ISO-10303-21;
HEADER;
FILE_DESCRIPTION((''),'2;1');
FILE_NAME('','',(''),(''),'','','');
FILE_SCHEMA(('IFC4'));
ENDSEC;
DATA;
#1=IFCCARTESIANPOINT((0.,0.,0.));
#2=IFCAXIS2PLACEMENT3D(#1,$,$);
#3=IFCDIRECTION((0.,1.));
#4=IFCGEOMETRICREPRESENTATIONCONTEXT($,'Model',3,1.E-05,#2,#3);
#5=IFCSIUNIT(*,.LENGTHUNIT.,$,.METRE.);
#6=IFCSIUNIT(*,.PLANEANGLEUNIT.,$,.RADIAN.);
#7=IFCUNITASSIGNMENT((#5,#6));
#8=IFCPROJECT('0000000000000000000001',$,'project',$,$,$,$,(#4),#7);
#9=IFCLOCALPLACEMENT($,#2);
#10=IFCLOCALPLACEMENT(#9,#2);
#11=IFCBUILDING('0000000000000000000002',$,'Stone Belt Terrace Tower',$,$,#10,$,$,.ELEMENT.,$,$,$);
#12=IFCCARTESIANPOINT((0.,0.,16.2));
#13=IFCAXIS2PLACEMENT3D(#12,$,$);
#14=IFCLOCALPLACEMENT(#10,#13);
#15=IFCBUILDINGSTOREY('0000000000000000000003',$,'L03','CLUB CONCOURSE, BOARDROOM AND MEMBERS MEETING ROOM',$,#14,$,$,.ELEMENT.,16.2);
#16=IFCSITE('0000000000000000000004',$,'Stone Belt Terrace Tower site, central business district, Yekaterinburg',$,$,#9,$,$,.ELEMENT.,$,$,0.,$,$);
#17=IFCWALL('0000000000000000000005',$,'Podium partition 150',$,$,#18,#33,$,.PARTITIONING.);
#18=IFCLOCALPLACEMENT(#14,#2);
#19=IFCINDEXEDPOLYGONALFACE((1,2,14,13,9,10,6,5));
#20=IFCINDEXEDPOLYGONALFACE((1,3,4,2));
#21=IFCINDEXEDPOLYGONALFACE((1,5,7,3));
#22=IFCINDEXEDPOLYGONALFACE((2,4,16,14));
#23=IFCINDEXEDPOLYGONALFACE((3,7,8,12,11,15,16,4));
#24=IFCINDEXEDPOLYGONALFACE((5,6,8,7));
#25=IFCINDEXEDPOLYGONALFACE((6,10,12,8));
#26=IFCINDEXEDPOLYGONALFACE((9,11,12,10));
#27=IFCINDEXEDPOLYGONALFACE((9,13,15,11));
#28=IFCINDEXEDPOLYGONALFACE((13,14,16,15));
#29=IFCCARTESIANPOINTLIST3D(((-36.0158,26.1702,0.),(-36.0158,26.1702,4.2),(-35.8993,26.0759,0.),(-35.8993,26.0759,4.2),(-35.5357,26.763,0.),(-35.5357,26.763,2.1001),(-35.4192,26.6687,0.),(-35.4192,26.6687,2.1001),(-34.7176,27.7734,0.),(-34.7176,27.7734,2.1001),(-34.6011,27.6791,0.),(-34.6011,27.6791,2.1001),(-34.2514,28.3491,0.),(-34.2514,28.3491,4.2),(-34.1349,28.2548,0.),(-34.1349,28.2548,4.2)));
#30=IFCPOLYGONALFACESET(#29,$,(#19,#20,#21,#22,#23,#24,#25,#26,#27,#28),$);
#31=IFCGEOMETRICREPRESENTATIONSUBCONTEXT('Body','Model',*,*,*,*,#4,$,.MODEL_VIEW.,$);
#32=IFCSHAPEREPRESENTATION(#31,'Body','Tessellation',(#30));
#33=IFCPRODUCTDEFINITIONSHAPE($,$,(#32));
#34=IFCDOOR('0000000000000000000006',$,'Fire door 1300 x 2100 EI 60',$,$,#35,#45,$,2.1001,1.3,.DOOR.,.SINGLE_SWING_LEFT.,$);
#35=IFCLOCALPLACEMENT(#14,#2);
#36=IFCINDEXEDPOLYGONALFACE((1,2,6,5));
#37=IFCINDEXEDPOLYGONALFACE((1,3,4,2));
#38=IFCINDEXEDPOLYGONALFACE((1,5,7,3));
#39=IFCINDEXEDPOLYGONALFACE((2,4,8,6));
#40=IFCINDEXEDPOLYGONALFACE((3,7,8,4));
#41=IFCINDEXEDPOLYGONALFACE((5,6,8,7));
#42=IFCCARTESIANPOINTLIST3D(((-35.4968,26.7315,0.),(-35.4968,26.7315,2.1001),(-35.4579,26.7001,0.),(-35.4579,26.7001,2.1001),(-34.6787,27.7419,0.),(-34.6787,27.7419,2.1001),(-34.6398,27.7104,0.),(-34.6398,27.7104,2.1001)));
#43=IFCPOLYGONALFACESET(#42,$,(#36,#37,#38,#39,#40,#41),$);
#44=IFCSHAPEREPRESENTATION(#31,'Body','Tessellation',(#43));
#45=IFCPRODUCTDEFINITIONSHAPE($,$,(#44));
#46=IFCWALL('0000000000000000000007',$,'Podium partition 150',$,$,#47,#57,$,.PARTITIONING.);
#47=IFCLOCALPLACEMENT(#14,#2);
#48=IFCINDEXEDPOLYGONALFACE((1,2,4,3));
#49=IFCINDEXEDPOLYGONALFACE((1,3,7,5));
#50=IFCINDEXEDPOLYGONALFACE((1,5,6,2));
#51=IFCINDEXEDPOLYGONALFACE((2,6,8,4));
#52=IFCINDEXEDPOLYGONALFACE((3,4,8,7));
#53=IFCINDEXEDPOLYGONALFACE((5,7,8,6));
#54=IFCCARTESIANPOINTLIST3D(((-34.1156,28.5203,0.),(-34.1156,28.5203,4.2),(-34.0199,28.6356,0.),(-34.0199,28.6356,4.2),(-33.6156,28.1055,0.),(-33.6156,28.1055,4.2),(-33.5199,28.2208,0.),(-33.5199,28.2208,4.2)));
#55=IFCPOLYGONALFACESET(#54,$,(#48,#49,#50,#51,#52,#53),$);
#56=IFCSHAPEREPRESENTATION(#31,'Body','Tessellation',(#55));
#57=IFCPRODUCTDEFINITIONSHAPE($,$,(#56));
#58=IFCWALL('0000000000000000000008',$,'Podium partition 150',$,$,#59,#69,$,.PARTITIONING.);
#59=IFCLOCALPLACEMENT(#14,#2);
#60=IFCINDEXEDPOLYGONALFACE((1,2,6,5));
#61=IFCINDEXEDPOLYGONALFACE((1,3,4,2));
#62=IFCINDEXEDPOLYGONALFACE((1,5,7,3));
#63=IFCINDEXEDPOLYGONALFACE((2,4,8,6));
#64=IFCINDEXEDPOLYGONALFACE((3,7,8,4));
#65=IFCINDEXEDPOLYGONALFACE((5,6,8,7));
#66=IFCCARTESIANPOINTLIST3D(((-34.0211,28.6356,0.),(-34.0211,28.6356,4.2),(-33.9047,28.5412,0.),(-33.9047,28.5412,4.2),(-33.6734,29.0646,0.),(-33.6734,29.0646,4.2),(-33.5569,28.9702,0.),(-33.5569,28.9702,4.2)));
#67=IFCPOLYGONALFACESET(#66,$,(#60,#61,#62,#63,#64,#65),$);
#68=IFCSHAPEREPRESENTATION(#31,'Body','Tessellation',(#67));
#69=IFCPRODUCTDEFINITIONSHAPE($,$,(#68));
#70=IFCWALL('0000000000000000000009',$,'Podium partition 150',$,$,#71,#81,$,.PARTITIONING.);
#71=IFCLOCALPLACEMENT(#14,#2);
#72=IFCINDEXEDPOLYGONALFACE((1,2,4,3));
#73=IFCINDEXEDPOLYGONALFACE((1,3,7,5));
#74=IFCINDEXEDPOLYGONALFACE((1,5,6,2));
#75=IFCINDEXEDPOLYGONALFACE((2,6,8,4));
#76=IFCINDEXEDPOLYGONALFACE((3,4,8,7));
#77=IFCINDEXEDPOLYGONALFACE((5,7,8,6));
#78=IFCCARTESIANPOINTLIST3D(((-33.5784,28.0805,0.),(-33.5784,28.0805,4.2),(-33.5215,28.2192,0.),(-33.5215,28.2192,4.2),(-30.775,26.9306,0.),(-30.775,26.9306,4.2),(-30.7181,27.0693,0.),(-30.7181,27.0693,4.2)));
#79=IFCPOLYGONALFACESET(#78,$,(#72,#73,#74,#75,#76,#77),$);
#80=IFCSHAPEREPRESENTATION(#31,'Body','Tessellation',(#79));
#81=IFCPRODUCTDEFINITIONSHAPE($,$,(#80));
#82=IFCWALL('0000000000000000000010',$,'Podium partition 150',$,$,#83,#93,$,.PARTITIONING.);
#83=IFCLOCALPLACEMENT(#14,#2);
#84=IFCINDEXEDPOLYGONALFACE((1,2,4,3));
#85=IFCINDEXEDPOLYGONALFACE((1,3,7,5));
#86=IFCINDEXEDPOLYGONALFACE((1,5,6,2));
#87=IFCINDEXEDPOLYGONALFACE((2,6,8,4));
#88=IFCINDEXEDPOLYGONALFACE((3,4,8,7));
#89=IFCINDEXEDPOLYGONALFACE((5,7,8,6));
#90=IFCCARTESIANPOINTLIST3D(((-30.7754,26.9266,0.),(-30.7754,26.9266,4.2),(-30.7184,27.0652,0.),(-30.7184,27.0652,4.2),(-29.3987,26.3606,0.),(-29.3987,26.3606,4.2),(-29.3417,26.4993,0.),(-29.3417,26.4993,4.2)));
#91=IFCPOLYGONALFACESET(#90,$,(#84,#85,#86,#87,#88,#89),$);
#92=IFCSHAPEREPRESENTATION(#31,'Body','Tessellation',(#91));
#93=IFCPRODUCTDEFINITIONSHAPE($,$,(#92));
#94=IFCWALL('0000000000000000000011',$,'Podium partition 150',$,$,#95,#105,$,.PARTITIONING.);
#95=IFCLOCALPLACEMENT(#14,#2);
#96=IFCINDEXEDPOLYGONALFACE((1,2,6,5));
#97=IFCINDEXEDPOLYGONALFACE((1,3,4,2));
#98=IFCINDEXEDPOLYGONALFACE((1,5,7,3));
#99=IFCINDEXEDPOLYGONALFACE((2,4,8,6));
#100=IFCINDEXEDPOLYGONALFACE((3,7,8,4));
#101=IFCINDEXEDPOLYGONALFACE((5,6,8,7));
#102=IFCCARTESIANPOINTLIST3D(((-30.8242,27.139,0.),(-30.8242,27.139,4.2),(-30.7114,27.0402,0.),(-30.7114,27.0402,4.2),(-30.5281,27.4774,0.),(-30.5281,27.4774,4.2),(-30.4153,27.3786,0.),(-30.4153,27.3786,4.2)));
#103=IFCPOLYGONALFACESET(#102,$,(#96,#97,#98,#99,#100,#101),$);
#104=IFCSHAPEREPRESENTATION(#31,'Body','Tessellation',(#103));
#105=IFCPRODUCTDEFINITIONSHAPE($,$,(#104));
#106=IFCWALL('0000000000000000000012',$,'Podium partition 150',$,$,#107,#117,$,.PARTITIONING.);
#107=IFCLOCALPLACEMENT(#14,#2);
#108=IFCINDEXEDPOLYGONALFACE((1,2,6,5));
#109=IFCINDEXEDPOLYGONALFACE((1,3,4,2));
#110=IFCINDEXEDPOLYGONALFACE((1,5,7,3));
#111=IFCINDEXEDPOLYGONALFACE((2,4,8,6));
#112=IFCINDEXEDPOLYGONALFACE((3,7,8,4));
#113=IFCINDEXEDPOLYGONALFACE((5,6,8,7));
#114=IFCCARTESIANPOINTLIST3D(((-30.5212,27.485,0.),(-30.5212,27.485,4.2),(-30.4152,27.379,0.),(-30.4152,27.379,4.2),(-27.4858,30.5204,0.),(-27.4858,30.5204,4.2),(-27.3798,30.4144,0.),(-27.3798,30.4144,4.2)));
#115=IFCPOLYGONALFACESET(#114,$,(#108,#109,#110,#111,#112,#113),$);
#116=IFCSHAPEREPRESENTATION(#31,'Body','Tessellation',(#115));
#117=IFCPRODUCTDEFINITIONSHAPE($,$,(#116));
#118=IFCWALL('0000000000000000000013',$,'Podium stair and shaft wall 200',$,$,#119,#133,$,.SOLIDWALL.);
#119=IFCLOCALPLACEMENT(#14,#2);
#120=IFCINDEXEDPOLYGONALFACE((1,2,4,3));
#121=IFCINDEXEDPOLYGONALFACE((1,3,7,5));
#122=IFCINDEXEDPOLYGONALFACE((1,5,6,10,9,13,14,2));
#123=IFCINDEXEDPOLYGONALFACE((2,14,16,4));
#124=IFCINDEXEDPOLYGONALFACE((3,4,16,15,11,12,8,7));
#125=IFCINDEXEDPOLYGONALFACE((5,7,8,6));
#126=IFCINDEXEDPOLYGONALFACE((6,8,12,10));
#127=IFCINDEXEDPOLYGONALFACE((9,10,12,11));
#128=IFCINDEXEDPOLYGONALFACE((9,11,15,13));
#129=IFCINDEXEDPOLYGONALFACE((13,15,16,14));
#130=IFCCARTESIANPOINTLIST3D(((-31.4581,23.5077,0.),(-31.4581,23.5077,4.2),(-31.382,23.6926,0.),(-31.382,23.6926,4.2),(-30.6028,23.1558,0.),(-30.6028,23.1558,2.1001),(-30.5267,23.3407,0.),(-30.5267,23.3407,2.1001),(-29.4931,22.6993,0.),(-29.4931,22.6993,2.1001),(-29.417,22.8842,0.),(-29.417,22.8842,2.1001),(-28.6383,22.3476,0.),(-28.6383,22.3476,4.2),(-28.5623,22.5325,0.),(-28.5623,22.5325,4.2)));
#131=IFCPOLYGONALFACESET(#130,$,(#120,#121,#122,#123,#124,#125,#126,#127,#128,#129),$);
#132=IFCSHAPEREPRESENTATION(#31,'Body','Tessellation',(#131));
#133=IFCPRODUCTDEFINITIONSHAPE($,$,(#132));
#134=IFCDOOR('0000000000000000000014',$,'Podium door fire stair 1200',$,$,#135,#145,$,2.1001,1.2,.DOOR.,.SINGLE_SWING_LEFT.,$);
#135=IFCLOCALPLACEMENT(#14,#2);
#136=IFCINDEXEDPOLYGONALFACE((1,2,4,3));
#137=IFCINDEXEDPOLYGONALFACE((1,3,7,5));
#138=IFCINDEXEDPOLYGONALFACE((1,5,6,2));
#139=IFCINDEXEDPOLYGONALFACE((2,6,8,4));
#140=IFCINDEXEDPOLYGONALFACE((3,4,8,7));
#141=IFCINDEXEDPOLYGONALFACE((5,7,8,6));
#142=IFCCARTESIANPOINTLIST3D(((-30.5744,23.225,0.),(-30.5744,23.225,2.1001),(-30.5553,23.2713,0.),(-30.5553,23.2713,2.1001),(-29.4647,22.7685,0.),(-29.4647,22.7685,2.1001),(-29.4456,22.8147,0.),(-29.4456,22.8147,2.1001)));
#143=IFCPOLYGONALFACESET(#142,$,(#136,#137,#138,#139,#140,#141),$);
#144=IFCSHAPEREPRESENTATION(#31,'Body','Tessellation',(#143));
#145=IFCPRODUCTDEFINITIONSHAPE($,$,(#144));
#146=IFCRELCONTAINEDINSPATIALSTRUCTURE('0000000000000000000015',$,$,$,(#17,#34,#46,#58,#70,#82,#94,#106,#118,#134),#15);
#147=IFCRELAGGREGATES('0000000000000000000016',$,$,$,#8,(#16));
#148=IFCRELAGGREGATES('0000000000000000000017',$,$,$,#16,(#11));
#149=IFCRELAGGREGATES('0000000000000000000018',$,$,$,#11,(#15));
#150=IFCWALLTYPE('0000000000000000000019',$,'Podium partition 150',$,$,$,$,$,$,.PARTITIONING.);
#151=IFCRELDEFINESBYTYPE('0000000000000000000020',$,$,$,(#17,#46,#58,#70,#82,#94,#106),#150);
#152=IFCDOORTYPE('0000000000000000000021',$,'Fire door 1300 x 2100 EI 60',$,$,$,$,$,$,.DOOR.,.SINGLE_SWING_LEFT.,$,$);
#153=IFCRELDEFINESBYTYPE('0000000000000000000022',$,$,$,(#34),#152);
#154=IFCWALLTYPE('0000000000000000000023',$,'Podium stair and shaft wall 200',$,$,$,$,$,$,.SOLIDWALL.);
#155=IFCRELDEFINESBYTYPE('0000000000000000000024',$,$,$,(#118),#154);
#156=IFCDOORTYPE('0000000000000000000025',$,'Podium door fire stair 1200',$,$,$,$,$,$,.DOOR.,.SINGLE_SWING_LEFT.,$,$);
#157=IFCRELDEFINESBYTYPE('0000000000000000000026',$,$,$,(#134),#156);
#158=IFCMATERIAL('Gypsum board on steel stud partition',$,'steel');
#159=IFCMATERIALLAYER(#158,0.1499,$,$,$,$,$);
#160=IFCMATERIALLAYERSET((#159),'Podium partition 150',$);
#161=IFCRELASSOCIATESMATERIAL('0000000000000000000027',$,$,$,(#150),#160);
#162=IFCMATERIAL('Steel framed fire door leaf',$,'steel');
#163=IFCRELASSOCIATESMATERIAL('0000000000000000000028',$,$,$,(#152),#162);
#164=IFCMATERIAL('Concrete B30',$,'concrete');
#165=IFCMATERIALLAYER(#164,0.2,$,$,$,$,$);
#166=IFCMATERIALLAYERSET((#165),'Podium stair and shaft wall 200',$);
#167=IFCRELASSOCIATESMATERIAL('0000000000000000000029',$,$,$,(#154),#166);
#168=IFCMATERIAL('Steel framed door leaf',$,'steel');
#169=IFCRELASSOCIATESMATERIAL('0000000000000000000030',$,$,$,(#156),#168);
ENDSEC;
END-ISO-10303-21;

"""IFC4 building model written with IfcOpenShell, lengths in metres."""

from ifc_helpers import new_model, si_unit, direction, frame, frame_2d, origin, place, context, subcontext, project, spatial, rectangle, extrude, material, layer, layer_set, type_object, element, fill, save


model = new_model("IFC4")

# Units and contexts
model_context = context("Model", 3, precision=1e-05, world=origin(), true_north=direction((0.0, 1.0)))
body_context = subcontext(model_context, "Body", "Model", "MODEL_VIEW")
ifc_project = project(units=[si_unit("LENGTHUNIT", "METRE"), si_unit("PLANEANGLEUNIT", "RADIAN")], contexts=[model_context])

# Site, building, storey
site_placement = place(None, origin())
site = spatial("IfcSite", under=ifc_project, at=site_placement, Name="Stone Belt Terrace Tower site, central business district, Yekaterinburg", CompositionType="ELEMENT", RefElevation=0.0)
building_placement = place(site_placement, origin())
building = spatial("IfcBuilding", under=site, at=building_placement, Name="Stone Belt Terrace Tower", CompositionType="ELEMENT")
storey_placement = place(building_placement, frame((0.0, 0.0, 16.2)))
storey = spatial("IfcBuildingStorey", under=building, at=storey_placement, Name="L03", Description="CLUB CONCOURSE, BOARDROOM AND MEMBERS MEETING ROOM", CompositionType="ELEMENT", Elevation=16.2)

# Shared definitions
ifc_material_1 = material(Name="Concrete B30", Category="concrete")

# Shared definitions
ifc_material_2 = material(Name="Gypsum board on steel stud partition", Category="steel")
ifc_layer_1 = layer(ifc_material_2, 0.1499)
ifc_layer_set_1 = layer_set([ifc_layer_1], Name="Podium partition 150")
wall_type_1 = type_object("IfcWallType", Name="Podium partition 150", PredefinedType="PARTITIONING", material=ifc_layer_set_1)
ifc_material_3 = material(Name="Steel framed door leaf", Category="steel")

# Wall, opening, door
wall_1_placement = place(storey_placement, frame((-35.9575, 26.123, 0.0), z_axis=(0.0, 0.0, 1.0), x_axis=(0.629303, 0.77716, 0.0)))
wall_1 = element("IfcWall", 1, at=wall_1_placement, inside=storey, type_object=wall_type_1, Name="Podium partition 150", PredefinedType="PARTITIONING", context=body_context, shape_type="SweptSolid", body=[
    extrude(rectangle(XDim=2.8037, YDim=0.1499, at=frame_2d((1.4019, 0.0))), origin(), (0.0, 0.0, 1.0), 4.2),
])
opening_1_placement = place(wall_1_placement, frame((0.7629, 0.0, 0.0)))
opening_1 = element("IfcOpeningElement", 2, at=opening_1_placement, cuts=wall_1, PredefinedType="OPENING", context=body_context, shape_type="SweptSolid", body=[
    extrude(rectangle(XDim=1.3, YDim=2.1001, at=frame_2d((0.6499, 1.05))), frame((0.0, 0.085, 0.0), z_axis=(0.0, -1.0, 0.0), x_axis=(1.0, 0.0, 0.0)), (0.0, 0.0, 1.0), 0.1699),
])
ifc_material_4 = material(Name="Steel framed fire door leaf", Category="steel")
door_type_1 = type_object("IfcDoorType", Name="Fire door 1300 x 2100 EI 60", OperationType="SINGLE_SWING_LEFT", PredefinedType="DOOR", material=ifc_material_4)
door_1_placement = place(opening_1_placement, origin())
door_1 = element("IfcDoor", 3, at=door_1_placement, inside=storey, type_object=door_type_1, Name="Fire door 1300 x 2100 EI 60", OperationType="SINGLE_SWING_LEFT", OverallHeight=2.1001, OverallWidth=1.3, PredefinedType="DOOR", context=body_context, shape_type="SweptSolid", body=[
    extrude(rectangle(XDim=1.3, YDim=2.1001, at=frame_2d((0.6499, 1.05))), frame((0.0, 0.0249, 0.0), z_axis=(0.0, -1.0, 0.0), x_axis=(1.0, 0.0, 0.0)), (0.0, 0.0, 1.0), 0.05),
])
fill(opening_1, door_1)

# Walls
wall_2_placement = place(storey_placement, frame((-34.0676, 28.5779, 0.0), z_axis=(0.0, 0.0, 1.0), x_axis=(0.769636, -0.638482, 0.0)))
element("IfcWall", 4, at=wall_2_placement, inside=storey, type_object=wall_type_1, Name="Podium partition 150", PredefinedType="PARTITIONING", context=body_context, shape_type="SweptSolid", body=[
    extrude(rectangle(XDim=0.6497, YDim=0.1499, at=frame_2d((0.3247, 0.0))), origin(), (0.0, 0.0, 1.0), 4.2),
])
wall_3_placement = place(storey_placement, frame((-33.9629, 28.5884, 0.0), z_axis=(0.0, 0.0, 1.0), x_axis=(0.629643, 0.776884, 0.0)))
element("IfcWall", 5, at=wall_3_placement, inside=storey, type_object=wall_type_1, Name="Podium partition 150", PredefinedType="PARTITIONING", context=body_context, shape_type="SweptSolid", body=[
    extrude(rectangle(XDim=0.5522, YDim=0.1499, at=frame_2d((0.2761, 0.0))), origin(), (0.0, 0.0, 1.0), 4.2),
])
wall_4_placement = place(storey_placement, frame((-33.55, 28.1499, 0.0), z_axis=(0.0, 0.0, 1.0), x_axis=(0.925196, -0.379489, 0.0)))
element("IfcWall", 6, at=wall_4_placement, inside=storey, type_object=wall_type_1, Name="Podium partition 150", PredefinedType="PARTITIONING", context=body_context, shape_type="SweptSolid", body=[
    extrude(rectangle(XDim=3.03, YDim=0.1499, at=frame_2d((1.5151, 0.0))), origin(), (0.0, 0.0, 1.0), 4.2),
])
wall_5_placement = place(storey_placement, frame((-30.7468, 26.9958, 0.0), z_axis=(0.0, 0.0, 1.0), x_axis=(0.924906, -0.380197, 0.0)))
element("IfcWall", 7, at=wall_5_placement, inside=storey, type_object=wall_type_1, Name="Podium partition 150", PredefinedType="PARTITIONING", context=body_context, shape_type="SweptSolid", body=[
    extrude(rectangle(XDim=1.4885, YDim=0.1499, at=frame_2d((0.7441, 0.0))), origin(), (0.0, 0.0, 1.0), 4.2),
])
wall_6_placement = place(storey_placement, frame((-30.7678, 27.0896, 0.0), z_axis=(0.0, 0.0, 1.0), x_axis=(0.658581, 0.752509, 0.0)))
element("IfcWall", 8, at=wall_6_placement, inside=storey, type_object=wall_type_1, Name="Podium partition 150", PredefinedType="PARTITIONING", context=body_context, shape_type="SweptSolid", body=[
    extrude(rectangle(XDim=0.4497, YDim=0.1499, at=frame_2d((0.2249, 0.0))), origin(), (0.0, 0.0, 1.0), 4.2),
])
wall_7_placement = place(storey_placement, frame((-30.4683, 27.4319, 0.0), z_axis=(0.0, 0.0, 1.0), x_axis=(0.707107, 0.707107, 0.0)))
element("IfcWall", 9, at=wall_7_placement, inside=storey, type_object=wall_type_1, Name="Podium partition 150", PredefinedType="PARTITIONING", context=body_context, shape_type="SweptSolid", body=[
    extrude(rectangle(XDim=4.2927, YDim=0.1499, at=frame_2d((2.1465, 0.0))), origin(), (0.0, 0.0, 1.0), 4.2),
])

# Wall, opening, door
ifc_layer_2 = layer(ifc_material_1, 0.2)
ifc_layer_set_2 = layer_set([ifc_layer_2], Name="Podium stair and shaft wall 200")
wall_type_2 = type_object("IfcWallType", Name="Podium stair and shaft wall 200", PredefinedType="SOLIDWALL", material=ifc_layer_set_2)
wall_8_placement = place(storey_placement, frame((-31.4199, 23.6001, 0.0), z_axis=(0.0, 0.0, 1.0), x_axis=(0.924788, -0.380484, 0.0)))
wall_8 = element("IfcWall", 10, at=wall_8_placement, inside=storey, type_object=wall_type_2, Name="Podium stair and shaft wall 200", PredefinedType="SOLIDWALL", context=body_context, shape_type="SweptSolid", body=[
    extrude(rectangle(XDim=3.0491, YDim=0.2, at=frame_2d((1.5244, 0.0))), origin(), (0.0, 0.0, 1.0), 4.2),
])
opening_2_placement = place(wall_8_placement, frame((0.9246, 0.0, 0.0)))
opening_2 = element("IfcOpeningElement", 11, at=opening_2_placement, cuts=wall_8, PredefinedType="OPENING", context=body_context, shape_type="SweptSolid", body=[
    extrude(rectangle(XDim=1.2, YDim=2.1001, at=frame_2d((0.6001, 1.05))), frame((0.0, 0.1099, 0.0), z_axis=(0.0, -1.0, 0.0), x_axis=(1.0, 0.0, 0.0)), (0.0, 0.0, 1.0), 0.22),
])
door_type_2 = type_object("IfcDoorType", Name="Podium door fire stair 1200", OperationType="SINGLE_SWING_LEFT", PredefinedType="DOOR", material=ifc_material_3)
door_2_placement = place(opening_2_placement, origin())
door_2 = element("IfcDoor", 12, at=door_2_placement, inside=storey, type_object=door_type_2, Name="Podium door fire stair 1200", OperationType="SINGLE_SWING_LEFT", OverallHeight=2.1001, OverallWidth=1.2, PredefinedType="DOOR", context=body_context, shape_type="SweptSolid", body=[
    extrude(rectangle(XDim=1.2, YDim=2.1001, at=frame_2d((0.6001, 1.05))), frame((0.0, 0.0249, 0.0), z_axis=(0.0, -1.0, 0.0), x_axis=(1.0, 0.0, 0.0)), (0.0, 0.0, 1.0), 0.05),
])
fill(opening_2, door_2)

save(model, "model.ifc")
